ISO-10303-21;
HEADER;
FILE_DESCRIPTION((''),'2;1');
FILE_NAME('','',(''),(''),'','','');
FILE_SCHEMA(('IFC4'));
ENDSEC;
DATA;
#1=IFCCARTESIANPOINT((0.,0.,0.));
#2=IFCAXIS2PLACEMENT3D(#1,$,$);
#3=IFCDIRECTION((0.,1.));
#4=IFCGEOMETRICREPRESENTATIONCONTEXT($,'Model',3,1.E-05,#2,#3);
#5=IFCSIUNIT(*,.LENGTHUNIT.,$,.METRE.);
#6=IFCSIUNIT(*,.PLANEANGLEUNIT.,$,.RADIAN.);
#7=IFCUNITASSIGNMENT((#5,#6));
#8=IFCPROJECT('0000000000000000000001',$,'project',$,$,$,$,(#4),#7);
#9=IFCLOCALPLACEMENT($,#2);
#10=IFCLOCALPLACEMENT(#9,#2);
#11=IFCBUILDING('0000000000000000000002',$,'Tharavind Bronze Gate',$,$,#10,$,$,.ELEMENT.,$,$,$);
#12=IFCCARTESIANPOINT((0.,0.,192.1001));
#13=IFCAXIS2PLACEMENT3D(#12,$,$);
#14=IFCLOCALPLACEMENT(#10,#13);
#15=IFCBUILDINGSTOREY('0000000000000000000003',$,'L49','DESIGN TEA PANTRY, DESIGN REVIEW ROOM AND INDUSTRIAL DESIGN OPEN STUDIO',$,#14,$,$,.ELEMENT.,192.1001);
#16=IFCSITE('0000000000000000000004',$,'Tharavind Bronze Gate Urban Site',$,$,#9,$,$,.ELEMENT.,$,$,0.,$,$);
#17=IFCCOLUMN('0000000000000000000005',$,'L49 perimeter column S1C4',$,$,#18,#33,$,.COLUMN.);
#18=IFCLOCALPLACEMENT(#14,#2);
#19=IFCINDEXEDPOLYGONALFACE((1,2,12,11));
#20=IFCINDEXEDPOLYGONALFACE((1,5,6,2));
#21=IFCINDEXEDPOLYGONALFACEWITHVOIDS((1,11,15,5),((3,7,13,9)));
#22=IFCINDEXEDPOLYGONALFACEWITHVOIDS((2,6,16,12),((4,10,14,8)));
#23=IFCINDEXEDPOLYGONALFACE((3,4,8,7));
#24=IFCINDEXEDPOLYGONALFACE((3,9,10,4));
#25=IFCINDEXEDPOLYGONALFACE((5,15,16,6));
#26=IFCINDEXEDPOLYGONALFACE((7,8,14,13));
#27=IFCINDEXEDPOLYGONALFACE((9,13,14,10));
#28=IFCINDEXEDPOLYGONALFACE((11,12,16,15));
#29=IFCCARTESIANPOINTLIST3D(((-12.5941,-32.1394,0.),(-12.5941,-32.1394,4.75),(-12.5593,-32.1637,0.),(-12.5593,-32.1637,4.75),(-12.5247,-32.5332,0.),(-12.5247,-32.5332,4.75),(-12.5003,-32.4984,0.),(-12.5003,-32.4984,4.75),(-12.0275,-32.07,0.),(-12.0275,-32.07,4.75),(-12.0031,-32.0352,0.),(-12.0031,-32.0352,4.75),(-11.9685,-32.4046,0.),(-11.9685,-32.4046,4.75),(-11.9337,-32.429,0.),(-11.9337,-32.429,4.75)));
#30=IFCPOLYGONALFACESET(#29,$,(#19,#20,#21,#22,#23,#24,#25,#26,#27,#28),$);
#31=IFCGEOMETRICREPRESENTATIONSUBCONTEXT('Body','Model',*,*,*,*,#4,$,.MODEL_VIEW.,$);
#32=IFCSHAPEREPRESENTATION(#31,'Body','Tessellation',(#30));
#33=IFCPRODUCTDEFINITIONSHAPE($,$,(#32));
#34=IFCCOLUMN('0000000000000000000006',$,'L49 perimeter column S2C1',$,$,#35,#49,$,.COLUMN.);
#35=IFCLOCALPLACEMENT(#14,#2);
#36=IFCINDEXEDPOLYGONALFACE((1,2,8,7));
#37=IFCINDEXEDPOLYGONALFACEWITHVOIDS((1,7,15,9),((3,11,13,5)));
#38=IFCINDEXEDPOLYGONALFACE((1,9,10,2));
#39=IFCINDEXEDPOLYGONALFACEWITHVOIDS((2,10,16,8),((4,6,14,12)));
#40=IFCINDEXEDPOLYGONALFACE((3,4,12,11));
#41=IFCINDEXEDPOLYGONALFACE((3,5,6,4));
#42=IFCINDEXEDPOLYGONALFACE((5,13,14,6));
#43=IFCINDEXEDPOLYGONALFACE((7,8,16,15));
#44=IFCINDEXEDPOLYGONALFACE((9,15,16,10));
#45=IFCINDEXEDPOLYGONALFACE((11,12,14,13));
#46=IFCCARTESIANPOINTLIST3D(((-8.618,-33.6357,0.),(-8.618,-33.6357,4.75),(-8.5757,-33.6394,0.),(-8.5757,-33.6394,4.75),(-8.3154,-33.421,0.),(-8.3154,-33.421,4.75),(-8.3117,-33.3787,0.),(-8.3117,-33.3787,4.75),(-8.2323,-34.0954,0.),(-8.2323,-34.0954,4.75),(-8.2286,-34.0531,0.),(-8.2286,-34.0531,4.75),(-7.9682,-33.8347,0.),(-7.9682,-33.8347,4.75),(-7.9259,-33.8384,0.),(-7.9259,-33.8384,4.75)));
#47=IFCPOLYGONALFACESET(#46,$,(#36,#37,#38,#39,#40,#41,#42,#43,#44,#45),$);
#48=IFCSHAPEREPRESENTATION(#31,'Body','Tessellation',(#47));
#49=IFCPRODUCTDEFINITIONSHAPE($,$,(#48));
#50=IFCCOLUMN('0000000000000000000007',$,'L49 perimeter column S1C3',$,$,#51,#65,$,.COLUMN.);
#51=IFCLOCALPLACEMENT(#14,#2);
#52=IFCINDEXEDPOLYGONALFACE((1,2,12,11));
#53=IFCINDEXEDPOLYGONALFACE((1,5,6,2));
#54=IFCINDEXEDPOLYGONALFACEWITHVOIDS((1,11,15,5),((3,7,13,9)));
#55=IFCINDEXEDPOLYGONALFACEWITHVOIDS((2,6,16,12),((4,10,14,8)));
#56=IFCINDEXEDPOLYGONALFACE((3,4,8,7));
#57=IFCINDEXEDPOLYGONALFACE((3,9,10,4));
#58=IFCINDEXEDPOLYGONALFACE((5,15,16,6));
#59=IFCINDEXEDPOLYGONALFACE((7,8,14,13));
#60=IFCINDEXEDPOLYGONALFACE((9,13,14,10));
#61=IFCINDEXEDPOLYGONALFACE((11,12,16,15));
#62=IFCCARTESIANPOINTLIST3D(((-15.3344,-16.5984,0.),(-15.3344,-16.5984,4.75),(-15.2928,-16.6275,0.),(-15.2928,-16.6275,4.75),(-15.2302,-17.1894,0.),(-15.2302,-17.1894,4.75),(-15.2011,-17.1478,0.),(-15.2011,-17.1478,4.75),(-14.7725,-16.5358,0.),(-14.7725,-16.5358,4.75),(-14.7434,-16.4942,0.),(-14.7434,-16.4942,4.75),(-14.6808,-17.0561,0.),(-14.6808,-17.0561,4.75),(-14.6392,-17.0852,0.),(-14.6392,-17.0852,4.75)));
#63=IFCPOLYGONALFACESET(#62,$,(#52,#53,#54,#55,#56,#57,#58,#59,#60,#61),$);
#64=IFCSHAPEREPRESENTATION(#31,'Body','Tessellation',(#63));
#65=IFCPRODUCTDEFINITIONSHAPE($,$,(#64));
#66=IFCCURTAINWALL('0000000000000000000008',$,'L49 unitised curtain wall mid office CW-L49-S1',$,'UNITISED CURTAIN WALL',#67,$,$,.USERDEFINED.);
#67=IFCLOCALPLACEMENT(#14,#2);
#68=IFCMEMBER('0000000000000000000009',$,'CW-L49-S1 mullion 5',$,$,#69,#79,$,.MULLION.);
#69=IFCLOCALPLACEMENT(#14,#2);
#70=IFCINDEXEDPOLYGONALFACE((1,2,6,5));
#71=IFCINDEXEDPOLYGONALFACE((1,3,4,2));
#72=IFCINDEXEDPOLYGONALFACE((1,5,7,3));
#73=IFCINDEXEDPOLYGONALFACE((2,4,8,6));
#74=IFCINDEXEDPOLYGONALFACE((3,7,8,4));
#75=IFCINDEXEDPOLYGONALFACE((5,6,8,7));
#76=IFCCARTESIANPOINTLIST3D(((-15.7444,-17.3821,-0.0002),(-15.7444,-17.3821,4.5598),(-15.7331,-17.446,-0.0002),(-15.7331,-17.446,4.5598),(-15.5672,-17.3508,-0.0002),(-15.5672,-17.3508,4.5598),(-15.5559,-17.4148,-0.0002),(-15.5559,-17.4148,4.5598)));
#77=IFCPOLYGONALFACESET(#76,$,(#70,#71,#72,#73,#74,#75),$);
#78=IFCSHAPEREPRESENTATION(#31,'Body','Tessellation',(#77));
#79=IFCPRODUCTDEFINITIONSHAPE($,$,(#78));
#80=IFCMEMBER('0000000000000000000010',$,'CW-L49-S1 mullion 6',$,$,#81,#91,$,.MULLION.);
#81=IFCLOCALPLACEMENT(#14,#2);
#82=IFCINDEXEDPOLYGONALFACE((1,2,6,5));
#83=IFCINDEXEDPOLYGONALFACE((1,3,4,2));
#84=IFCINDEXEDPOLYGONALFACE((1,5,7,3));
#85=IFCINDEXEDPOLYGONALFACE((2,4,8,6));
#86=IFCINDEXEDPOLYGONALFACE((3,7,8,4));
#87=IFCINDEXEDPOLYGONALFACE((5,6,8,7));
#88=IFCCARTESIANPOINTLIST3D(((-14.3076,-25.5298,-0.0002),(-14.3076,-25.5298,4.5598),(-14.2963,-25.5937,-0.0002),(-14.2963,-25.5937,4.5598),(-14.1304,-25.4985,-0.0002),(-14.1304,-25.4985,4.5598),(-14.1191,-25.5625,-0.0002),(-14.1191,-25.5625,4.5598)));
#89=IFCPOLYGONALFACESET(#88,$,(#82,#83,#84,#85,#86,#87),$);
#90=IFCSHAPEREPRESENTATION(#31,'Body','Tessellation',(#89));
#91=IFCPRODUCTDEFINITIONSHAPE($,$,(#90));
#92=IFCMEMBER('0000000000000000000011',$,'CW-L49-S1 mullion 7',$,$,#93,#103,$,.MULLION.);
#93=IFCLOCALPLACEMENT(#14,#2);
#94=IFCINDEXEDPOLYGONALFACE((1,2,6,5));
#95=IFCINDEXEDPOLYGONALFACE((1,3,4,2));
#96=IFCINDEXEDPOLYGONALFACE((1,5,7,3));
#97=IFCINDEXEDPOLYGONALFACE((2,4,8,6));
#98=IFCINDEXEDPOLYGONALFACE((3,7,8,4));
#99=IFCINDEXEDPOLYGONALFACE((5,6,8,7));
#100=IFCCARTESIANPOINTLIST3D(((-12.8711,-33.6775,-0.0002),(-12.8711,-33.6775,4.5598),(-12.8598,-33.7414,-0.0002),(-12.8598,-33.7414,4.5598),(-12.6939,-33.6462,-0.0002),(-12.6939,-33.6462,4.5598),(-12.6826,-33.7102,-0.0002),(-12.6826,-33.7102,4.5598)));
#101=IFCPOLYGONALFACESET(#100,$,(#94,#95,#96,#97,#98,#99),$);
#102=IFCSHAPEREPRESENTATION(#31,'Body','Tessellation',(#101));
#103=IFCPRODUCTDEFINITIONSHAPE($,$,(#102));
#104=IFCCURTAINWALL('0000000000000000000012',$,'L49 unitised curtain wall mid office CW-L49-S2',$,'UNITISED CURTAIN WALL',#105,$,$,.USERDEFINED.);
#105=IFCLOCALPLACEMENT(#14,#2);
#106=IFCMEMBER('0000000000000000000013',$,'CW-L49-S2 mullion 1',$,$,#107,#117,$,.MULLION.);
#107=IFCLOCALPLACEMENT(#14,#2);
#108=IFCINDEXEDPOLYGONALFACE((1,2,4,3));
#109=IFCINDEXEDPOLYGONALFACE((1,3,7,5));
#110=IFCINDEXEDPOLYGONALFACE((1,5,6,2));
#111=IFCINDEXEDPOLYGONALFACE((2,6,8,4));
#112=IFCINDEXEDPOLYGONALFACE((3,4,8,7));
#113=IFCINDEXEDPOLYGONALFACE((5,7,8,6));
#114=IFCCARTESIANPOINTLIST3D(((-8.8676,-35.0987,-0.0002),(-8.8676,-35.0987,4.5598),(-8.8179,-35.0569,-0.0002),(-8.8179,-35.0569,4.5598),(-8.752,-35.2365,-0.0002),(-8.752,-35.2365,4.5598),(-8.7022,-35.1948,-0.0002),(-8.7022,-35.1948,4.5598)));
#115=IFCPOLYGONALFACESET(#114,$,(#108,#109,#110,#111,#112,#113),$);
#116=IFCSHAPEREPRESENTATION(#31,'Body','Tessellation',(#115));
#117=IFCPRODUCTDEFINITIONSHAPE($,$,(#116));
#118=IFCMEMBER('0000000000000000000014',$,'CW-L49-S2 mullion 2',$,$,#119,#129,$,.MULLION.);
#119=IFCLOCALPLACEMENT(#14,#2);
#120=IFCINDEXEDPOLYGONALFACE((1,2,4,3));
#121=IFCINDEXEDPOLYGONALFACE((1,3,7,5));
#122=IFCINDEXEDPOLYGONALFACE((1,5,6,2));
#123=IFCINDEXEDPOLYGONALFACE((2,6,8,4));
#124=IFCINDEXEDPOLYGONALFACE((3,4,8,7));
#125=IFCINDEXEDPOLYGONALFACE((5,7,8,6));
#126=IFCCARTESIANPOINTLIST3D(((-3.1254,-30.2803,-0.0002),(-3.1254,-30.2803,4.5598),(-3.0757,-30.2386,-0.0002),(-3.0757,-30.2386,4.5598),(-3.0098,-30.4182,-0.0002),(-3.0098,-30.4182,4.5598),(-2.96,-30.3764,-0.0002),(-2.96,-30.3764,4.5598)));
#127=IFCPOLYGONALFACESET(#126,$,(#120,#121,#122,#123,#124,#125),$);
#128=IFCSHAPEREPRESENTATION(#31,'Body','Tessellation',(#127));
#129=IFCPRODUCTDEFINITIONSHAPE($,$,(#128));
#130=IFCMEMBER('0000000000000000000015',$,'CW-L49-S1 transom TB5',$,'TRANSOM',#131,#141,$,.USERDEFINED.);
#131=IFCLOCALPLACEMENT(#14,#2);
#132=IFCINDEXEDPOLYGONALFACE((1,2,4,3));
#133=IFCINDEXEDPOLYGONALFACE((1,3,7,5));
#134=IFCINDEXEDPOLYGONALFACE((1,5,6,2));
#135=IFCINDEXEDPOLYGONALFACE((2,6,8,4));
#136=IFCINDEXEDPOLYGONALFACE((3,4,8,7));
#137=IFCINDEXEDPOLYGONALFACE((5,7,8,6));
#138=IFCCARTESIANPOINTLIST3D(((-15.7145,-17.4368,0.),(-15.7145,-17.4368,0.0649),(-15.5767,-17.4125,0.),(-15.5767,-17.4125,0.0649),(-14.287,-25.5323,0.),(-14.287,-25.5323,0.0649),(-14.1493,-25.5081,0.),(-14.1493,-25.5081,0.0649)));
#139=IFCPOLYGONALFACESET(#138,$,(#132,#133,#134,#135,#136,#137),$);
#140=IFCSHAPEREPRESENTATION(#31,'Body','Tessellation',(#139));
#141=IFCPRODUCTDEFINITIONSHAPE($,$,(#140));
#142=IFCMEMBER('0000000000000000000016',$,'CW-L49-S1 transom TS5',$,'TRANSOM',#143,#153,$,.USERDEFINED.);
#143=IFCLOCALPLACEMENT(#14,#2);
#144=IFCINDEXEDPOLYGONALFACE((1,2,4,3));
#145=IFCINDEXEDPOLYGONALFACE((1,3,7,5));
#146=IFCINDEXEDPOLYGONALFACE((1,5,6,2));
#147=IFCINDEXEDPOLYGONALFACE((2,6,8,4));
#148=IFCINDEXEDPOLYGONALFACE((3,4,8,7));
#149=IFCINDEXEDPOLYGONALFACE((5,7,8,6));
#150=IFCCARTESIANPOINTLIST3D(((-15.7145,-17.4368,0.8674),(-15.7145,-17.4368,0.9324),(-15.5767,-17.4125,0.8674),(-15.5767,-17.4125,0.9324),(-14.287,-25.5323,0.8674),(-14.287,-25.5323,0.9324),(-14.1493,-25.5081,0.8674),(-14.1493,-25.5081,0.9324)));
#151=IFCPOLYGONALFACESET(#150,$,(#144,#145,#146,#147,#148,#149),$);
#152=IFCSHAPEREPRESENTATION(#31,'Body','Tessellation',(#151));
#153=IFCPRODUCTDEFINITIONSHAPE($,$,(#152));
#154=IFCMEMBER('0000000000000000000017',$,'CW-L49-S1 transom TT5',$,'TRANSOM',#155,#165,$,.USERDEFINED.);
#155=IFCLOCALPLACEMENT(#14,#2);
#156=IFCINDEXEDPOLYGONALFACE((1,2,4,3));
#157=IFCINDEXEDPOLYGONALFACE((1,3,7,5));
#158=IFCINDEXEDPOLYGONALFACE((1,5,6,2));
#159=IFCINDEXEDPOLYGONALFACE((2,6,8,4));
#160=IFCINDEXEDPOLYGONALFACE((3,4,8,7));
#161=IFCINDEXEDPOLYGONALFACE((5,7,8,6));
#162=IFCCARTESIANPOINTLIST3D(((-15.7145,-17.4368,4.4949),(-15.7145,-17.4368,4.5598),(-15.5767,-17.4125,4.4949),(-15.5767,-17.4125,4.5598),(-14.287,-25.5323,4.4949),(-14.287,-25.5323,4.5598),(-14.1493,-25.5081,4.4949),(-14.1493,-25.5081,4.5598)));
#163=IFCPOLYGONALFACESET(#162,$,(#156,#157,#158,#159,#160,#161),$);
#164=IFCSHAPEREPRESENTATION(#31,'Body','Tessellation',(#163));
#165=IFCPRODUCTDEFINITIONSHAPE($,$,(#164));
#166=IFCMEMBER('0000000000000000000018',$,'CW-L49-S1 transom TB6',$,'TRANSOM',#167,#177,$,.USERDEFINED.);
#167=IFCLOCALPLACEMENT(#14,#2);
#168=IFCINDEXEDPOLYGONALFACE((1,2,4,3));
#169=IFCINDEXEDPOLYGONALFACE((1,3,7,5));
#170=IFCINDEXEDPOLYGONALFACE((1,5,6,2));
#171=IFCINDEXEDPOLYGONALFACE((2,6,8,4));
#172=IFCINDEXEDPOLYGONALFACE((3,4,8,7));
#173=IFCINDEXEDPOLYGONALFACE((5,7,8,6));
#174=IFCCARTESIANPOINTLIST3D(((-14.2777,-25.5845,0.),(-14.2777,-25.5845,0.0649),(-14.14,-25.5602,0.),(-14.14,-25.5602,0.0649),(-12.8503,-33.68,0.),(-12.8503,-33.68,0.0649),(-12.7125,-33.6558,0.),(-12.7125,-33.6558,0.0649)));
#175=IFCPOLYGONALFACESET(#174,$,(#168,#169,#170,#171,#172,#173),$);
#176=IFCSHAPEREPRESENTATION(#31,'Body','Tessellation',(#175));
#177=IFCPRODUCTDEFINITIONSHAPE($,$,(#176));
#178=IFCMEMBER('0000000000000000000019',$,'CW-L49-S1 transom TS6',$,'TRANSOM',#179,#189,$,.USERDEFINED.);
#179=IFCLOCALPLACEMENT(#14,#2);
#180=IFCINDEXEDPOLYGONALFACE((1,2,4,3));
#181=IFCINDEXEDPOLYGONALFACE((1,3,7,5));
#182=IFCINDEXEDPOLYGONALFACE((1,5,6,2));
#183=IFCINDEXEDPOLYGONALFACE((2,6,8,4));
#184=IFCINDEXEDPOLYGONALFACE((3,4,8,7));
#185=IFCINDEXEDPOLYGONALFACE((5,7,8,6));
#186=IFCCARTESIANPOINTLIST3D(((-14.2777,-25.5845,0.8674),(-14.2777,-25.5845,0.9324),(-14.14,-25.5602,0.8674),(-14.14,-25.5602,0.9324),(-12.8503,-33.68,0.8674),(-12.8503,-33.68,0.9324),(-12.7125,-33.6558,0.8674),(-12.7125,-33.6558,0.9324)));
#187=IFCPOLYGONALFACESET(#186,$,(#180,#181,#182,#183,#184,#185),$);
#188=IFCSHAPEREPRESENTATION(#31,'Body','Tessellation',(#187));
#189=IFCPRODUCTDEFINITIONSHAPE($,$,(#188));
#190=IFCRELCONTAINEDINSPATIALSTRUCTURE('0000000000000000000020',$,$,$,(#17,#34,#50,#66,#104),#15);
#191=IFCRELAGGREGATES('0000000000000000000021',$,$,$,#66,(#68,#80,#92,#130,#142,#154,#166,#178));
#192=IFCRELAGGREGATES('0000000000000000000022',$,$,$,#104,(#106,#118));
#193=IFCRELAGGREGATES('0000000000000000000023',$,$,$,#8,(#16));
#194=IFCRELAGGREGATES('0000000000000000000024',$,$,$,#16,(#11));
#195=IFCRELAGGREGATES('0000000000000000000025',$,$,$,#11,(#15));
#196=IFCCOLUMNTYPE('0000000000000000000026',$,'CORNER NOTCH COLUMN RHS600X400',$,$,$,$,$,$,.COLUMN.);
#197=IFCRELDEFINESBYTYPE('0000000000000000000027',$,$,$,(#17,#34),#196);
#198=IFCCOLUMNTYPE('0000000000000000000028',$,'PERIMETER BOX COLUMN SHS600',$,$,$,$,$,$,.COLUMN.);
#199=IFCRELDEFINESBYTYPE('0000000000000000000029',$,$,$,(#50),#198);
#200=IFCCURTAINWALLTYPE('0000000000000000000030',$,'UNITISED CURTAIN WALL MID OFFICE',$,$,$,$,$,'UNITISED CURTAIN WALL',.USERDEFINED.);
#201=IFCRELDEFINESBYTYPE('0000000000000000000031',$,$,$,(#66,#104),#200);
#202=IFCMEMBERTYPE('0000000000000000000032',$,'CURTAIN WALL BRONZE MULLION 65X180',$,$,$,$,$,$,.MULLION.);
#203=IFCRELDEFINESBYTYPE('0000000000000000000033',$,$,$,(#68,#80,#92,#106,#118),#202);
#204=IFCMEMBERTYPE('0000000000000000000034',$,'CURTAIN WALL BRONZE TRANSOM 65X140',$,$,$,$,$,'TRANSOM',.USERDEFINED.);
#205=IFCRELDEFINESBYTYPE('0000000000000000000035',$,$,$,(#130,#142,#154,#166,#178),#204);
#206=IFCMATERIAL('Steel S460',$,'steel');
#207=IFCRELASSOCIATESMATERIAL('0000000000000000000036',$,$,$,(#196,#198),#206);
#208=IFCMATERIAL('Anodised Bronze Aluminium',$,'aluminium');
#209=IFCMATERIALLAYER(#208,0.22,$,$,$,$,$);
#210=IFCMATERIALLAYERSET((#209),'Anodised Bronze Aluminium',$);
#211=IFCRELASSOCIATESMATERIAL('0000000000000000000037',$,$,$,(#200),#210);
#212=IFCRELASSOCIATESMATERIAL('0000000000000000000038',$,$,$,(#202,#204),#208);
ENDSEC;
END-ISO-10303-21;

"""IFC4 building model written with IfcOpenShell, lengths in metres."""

from ifc_helpers import new_model, si_unit, direction, frame, origin, origin_2d, place, context, subcontext, project, spatial, rectangle, hollow_rectangle, extrude, material, layer, layer_set, material_profile, profile_set, type_object, element, aggregate, save


model = new_model("IFC4")

# Units and contexts
model_context = context("Model", 3, precision=1e-05, world=origin(), true_north=direction((0.0, 1.0)))
body_context = subcontext(model_context, "Body", "Model", "MODEL_VIEW")
ifc_project = project(units=[si_unit("LENGTHUNIT", "METRE"), si_unit("PLANEANGLEUNIT", "RADIAN")], contexts=[model_context])

# Site, building, storey
site_placement = place(None, origin())
site = spatial("IfcSite", under=ifc_project, at=site_placement, Name="Tharavind Bronze Gate Urban Site", CompositionType="ELEMENT", RefElevation=0.0)
building_placement = place(site_placement, origin())
building = spatial("IfcBuilding", under=site, at=building_placement, Name="Tharavind Bronze Gate", CompositionType="ELEMENT")
storey_placement = place(building_placement, frame((0.0, 0.0, 192.1001)))
storey = spatial("IfcBuildingStorey", under=building, at=storey_placement, Name="L49", Description="DESIGN TEA PANTRY, DESIGN REVIEW ROOM AND INDUSTRIAL DESIGN OPEN STUDIO", CompositionType="ELEMENT", Elevation=192.1001)

# Columns
ifc_material_1 = material(Name="Steel S460", Category="steel")
ifc_material_profile_1 = material_profile(ifc_material_1, hollow_rectangle(XDim=0.3999, YDim=0.6001, WallThickness=0.03, at=origin_2d()), Name="RHS600X400X30")
ifc_profile_set_1 = profile_set([ifc_material_profile_1], Name="Steel S460")
column_type_1 = type_object("IfcColumnType", Name="CORNER NOTCH COLUMN RHS600X400", PredefinedType="COLUMN", material=ifc_profile_set_1)
for number, where, z_axis, x_axis, name in (
    (1, (-12.2639, -32.2842, 0.0), (0.0, 0.0, 1.0), (-0.173648, 0.984808, 0.0), "L49 perimeter column S1C4"),
    (2, (-8.272, -33.7371, 0.0), (0.0, 0.0, 1.0), (0.766043, 0.642789, 0.0), "L49 perimeter column S2C1"),
):
    element("IfcColumn", number, at=place(storey_placement, frame(where, z_axis=z_axis, x_axis=x_axis)), inside=storey, type_object=column_type_1, Name=name, PredefinedType="COLUMN", context=body_context, shape_type="SweptSolid", body=[
        extrude(hollow_rectangle(XDim=0.3999, YDim=0.6001, WallThickness=0.03, at=origin_2d()), origin(), (0.0, 0.0, 1.0), 4.75),
    ])
ifc_material_profile_2 = material_profile(ifc_material_1, hollow_rectangle(XDim=0.6001, YDim=0.6001, WallThickness=0.0359, at=origin_2d()), Name="SHS600X36")
ifc_profile_set_2 = profile_set([ifc_material_profile_2], Name="Steel S460")
column_type_2 = type_object("IfcColumnType", Name="PERIMETER BOX COLUMN SHS600", PredefinedType="COLUMN", material=ifc_profile_set_2)
column_placement = place(storey_placement, frame((-14.9868, -16.8418, 0.0), z_axis=(0.0, 0.0, 1.0), x_axis=(-0.173648, 0.984808, 0.0)))
element("IfcColumn", 3, at=column_placement, inside=storey, type_object=column_type_2, Name="L49 perimeter column S1C3", PredefinedType="COLUMN", context=body_context, shape_type="SweptSolid", body=[
    extrude(hollow_rectangle(XDim=0.6001, YDim=0.6001, WallThickness=0.0359, at=origin_2d()), origin(), (0.0, 0.0, 1.0), 4.75),
])

# Curtain walls, members
ifc_material_2 = material(Name="Anodised Bronze Aluminium", Category="aluminium")
ifc_layer_1 = layer(ifc_material_2, 0.22)
ifc_layer_set_1 = layer_set([ifc_layer_1], Name="Anodised Bronze Aluminium")
curtain_wall_type = type_object("IfcCurtainWallType", Name="UNITISED CURTAIN WALL MID OFFICE", ElementType="UNITISED CURTAIN WALL", PredefinedType="USERDEFINED", material=ifc_layer_set_1)
curtain_wall_1_placement = place(storey_placement, origin())
curtain_wall_1 = element("IfcCurtainWall", 4, at=curtain_wall_1_placement, inside=storey, type_object=curtain_wall_type, Name="L49 unitised curtain wall mid office CW-L49-S1", ObjectType="UNITISED CURTAIN WALL", PredefinedType="USERDEFINED")
member_type_1 = type_object("IfcMemberType", Name="CURTAIN WALL BRONZE MULLION 65X180", PredefinedType="MULLION", material=ifc_material_2)
member_1_placement = place(storey_placement, frame((-15.6501, -17.3984, -0.0002), z_axis=(0.0, 0.0, 1.0), x_axis=(0.173648, -0.984808, 0.0)))
member_1 = element("IfcMember", 5, at=member_1_placement, type_object=member_type_1, Name="CW-L49-S1 mullion 5", PredefinedType="MULLION", context=body_context, shape_type="SweptSolid", body=[
    extrude(rectangle(XDim=0.0649, YDim=0.1799, at=origin_2d()), origin(), (0.0, 0.0, 1.0), 4.5601),
])
member_2_placement = place(storey_placement, frame((-14.2134, -25.5461, -0.0002), z_axis=(0.0, 0.0, 1.0), x_axis=(0.173648, -0.984808, 0.0)))
member_2 = element("IfcMember", 6, at=member_2_placement, type_object=member_type_1, Name="CW-L49-S1 mullion 6", PredefinedType="MULLION", context=body_context, shape_type="SweptSolid", body=[
    extrude(rectangle(XDim=0.0649, YDim=0.1799, at=origin_2d()), origin(), (0.0, 0.0, 1.0), 4.5601),
])
member_3_placement = place(storey_placement, frame((-12.7769, -33.6938, -0.0002), z_axis=(0.0, 0.0, 1.0), x_axis=(0.173648, -0.984808, 0.0)))
member_3 = element("IfcMember", 7, at=member_3_placement, type_object=member_type_1, Name="CW-L49-S1 mullion 7", PredefinedType="MULLION", context=body_context, shape_type="SweptSolid", body=[
    extrude(rectangle(XDim=0.0649, YDim=0.1799, at=origin_2d()), origin(), (0.0, 0.0, 1.0), 4.5601),
])
curtain_wall_2_placement = place(storey_placement, origin())
curtain_wall_2 = element("IfcCurtainWall", 8, at=curtain_wall_2_placement, inside=storey, type_object=curtain_wall_type, Name="L49 unitised curtain wall mid office CW-L49-S2", ObjectType="UNITISED CURTAIN WALL", PredefinedType="USERDEFINED")
member_4_placement = place(storey_placement, frame((-8.7849, -35.1467, -0.0002), z_axis=(0.0, 0.0, 1.0), x_axis=(0.766043, 0.642789, 0.0)))
member_4 = element("IfcMember", 9, at=member_4_placement, type_object=member_type_1, Name="CW-L49-S2 mullion 1", PredefinedType="MULLION", context=body_context, shape_type="SweptSolid", body=[
    extrude(rectangle(XDim=0.0649, YDim=0.1799, at=origin_2d()), origin(), (0.0, 0.0, 1.0), 4.5601),
])
member_5_placement = place(storey_placement, frame((-3.0427, -30.3284, -0.0002), z_axis=(0.0, 0.0, 1.0), x_axis=(0.766043, 0.642789, 0.0)))
member_5 = element("IfcMember", 10, at=member_5_placement, type_object=member_type_1, Name="CW-L49-S2 mullion 2", PredefinedType="MULLION", context=body_context, shape_type="SweptSolid", body=[
    extrude(rectangle(XDim=0.0649, YDim=0.1799, at=origin_2d()), origin(), (0.0, 0.0, 1.0), 4.5601),
])

# Members
member_type_2 = type_object("IfcMemberType", Name="CURTAIN WALL BRONZE TRANSOM 65X140", ElementType="TRANSOM", PredefinedType="USERDEFINED", material=ifc_material_2)
member_6_placement = place(storey_placement, frame((-14.9319, -21.4724, 0.0), z_axis=(0.0, 0.0, 1.0), x_axis=(0.173648, -0.984808, 0.0)))
member_6 = element("IfcMember", 11, at=member_6_placement, type_object=member_type_2, Name="CW-L49-S1 transom TB5", ObjectType="TRANSOM", PredefinedType="USERDEFINED", context=body_context, shape_type="SweptSolid", body=[
    extrude(rectangle(XDim=8.2205, YDim=0.1399, at=origin_2d()), origin(), (0.0, 0.0, 1.0), 0.0649),
])
member_7_placement = place(storey_placement, frame((-14.9319, -21.4724, 0.8674), z_axis=(0.0, 0.0, 1.0), x_axis=(0.173648, -0.984808, 0.0)))
member_7 = element("IfcMember", 12, at=member_7_placement, type_object=member_type_2, Name="CW-L49-S1 transom TS5", ObjectType="TRANSOM", PredefinedType="USERDEFINED", context=body_context, shape_type="SweptSolid", body=[
    extrude(rectangle(XDim=8.2205, YDim=0.1399, at=origin_2d()), origin(), (0.0, 0.0, 1.0), 0.0649),
])
member_8_placement = place(storey_placement, frame((-14.9319, -21.4724, 4.4949), z_axis=(0.0, 0.0, 1.0), x_axis=(0.173648, -0.984808, 0.0)))
member_8 = element("IfcMember", 13, at=member_8_placement, type_object=member_type_2, Name="CW-L49-S1 transom TT5", ObjectType="TRANSOM", PredefinedType="USERDEFINED", context=body_context, shape_type="SweptSolid", body=[
    extrude(rectangle(XDim=8.2205, YDim=0.1399, at=origin_2d()), origin(), (0.0, 0.0, 1.0), 0.0649),
])
member_9_placement = place(storey_placement, frame((-13.4951, -29.6201, 0.0), z_axis=(0.0, 0.0, 1.0), x_axis=(0.173648, -0.984808, 0.0)))
member_9 = element("IfcMember", 14, at=member_9_placement, type_object=member_type_2, Name="CW-L49-S1 transom TB6", ObjectType="TRANSOM", PredefinedType="USERDEFINED", context=body_context, shape_type="SweptSolid", body=[
    extrude(rectangle(XDim=8.2205, YDim=0.1399, at=origin_2d()), origin(), (0.0, 0.0, 1.0), 0.0649),
])
member_10_placement = place(storey_placement, frame((-13.4951, -29.6201, 0.8674), z_axis=(0.0, 0.0, 1.0), x_axis=(0.173648, -0.984808, 0.0)))
member_10 = element("IfcMember", 15, at=member_10_placement, type_object=member_type_2, Name="CW-L49-S1 transom TS6", ObjectType="TRANSOM", PredefinedType="USERDEFINED", context=body_context, shape_type="SweptSolid", body=[
    extrude(rectangle(XDim=8.2205, YDim=0.1399, at=origin_2d()), origin(), (0.0, 0.0, 1.0), 0.0649),
])

aggregate(curtain_wall_1, [member_1, member_2, member_3, member_6, member_7, member_8, member_9, member_10])
aggregate(curtain_wall_2, [member_4, member_5])

save(model, "model.ifc")
